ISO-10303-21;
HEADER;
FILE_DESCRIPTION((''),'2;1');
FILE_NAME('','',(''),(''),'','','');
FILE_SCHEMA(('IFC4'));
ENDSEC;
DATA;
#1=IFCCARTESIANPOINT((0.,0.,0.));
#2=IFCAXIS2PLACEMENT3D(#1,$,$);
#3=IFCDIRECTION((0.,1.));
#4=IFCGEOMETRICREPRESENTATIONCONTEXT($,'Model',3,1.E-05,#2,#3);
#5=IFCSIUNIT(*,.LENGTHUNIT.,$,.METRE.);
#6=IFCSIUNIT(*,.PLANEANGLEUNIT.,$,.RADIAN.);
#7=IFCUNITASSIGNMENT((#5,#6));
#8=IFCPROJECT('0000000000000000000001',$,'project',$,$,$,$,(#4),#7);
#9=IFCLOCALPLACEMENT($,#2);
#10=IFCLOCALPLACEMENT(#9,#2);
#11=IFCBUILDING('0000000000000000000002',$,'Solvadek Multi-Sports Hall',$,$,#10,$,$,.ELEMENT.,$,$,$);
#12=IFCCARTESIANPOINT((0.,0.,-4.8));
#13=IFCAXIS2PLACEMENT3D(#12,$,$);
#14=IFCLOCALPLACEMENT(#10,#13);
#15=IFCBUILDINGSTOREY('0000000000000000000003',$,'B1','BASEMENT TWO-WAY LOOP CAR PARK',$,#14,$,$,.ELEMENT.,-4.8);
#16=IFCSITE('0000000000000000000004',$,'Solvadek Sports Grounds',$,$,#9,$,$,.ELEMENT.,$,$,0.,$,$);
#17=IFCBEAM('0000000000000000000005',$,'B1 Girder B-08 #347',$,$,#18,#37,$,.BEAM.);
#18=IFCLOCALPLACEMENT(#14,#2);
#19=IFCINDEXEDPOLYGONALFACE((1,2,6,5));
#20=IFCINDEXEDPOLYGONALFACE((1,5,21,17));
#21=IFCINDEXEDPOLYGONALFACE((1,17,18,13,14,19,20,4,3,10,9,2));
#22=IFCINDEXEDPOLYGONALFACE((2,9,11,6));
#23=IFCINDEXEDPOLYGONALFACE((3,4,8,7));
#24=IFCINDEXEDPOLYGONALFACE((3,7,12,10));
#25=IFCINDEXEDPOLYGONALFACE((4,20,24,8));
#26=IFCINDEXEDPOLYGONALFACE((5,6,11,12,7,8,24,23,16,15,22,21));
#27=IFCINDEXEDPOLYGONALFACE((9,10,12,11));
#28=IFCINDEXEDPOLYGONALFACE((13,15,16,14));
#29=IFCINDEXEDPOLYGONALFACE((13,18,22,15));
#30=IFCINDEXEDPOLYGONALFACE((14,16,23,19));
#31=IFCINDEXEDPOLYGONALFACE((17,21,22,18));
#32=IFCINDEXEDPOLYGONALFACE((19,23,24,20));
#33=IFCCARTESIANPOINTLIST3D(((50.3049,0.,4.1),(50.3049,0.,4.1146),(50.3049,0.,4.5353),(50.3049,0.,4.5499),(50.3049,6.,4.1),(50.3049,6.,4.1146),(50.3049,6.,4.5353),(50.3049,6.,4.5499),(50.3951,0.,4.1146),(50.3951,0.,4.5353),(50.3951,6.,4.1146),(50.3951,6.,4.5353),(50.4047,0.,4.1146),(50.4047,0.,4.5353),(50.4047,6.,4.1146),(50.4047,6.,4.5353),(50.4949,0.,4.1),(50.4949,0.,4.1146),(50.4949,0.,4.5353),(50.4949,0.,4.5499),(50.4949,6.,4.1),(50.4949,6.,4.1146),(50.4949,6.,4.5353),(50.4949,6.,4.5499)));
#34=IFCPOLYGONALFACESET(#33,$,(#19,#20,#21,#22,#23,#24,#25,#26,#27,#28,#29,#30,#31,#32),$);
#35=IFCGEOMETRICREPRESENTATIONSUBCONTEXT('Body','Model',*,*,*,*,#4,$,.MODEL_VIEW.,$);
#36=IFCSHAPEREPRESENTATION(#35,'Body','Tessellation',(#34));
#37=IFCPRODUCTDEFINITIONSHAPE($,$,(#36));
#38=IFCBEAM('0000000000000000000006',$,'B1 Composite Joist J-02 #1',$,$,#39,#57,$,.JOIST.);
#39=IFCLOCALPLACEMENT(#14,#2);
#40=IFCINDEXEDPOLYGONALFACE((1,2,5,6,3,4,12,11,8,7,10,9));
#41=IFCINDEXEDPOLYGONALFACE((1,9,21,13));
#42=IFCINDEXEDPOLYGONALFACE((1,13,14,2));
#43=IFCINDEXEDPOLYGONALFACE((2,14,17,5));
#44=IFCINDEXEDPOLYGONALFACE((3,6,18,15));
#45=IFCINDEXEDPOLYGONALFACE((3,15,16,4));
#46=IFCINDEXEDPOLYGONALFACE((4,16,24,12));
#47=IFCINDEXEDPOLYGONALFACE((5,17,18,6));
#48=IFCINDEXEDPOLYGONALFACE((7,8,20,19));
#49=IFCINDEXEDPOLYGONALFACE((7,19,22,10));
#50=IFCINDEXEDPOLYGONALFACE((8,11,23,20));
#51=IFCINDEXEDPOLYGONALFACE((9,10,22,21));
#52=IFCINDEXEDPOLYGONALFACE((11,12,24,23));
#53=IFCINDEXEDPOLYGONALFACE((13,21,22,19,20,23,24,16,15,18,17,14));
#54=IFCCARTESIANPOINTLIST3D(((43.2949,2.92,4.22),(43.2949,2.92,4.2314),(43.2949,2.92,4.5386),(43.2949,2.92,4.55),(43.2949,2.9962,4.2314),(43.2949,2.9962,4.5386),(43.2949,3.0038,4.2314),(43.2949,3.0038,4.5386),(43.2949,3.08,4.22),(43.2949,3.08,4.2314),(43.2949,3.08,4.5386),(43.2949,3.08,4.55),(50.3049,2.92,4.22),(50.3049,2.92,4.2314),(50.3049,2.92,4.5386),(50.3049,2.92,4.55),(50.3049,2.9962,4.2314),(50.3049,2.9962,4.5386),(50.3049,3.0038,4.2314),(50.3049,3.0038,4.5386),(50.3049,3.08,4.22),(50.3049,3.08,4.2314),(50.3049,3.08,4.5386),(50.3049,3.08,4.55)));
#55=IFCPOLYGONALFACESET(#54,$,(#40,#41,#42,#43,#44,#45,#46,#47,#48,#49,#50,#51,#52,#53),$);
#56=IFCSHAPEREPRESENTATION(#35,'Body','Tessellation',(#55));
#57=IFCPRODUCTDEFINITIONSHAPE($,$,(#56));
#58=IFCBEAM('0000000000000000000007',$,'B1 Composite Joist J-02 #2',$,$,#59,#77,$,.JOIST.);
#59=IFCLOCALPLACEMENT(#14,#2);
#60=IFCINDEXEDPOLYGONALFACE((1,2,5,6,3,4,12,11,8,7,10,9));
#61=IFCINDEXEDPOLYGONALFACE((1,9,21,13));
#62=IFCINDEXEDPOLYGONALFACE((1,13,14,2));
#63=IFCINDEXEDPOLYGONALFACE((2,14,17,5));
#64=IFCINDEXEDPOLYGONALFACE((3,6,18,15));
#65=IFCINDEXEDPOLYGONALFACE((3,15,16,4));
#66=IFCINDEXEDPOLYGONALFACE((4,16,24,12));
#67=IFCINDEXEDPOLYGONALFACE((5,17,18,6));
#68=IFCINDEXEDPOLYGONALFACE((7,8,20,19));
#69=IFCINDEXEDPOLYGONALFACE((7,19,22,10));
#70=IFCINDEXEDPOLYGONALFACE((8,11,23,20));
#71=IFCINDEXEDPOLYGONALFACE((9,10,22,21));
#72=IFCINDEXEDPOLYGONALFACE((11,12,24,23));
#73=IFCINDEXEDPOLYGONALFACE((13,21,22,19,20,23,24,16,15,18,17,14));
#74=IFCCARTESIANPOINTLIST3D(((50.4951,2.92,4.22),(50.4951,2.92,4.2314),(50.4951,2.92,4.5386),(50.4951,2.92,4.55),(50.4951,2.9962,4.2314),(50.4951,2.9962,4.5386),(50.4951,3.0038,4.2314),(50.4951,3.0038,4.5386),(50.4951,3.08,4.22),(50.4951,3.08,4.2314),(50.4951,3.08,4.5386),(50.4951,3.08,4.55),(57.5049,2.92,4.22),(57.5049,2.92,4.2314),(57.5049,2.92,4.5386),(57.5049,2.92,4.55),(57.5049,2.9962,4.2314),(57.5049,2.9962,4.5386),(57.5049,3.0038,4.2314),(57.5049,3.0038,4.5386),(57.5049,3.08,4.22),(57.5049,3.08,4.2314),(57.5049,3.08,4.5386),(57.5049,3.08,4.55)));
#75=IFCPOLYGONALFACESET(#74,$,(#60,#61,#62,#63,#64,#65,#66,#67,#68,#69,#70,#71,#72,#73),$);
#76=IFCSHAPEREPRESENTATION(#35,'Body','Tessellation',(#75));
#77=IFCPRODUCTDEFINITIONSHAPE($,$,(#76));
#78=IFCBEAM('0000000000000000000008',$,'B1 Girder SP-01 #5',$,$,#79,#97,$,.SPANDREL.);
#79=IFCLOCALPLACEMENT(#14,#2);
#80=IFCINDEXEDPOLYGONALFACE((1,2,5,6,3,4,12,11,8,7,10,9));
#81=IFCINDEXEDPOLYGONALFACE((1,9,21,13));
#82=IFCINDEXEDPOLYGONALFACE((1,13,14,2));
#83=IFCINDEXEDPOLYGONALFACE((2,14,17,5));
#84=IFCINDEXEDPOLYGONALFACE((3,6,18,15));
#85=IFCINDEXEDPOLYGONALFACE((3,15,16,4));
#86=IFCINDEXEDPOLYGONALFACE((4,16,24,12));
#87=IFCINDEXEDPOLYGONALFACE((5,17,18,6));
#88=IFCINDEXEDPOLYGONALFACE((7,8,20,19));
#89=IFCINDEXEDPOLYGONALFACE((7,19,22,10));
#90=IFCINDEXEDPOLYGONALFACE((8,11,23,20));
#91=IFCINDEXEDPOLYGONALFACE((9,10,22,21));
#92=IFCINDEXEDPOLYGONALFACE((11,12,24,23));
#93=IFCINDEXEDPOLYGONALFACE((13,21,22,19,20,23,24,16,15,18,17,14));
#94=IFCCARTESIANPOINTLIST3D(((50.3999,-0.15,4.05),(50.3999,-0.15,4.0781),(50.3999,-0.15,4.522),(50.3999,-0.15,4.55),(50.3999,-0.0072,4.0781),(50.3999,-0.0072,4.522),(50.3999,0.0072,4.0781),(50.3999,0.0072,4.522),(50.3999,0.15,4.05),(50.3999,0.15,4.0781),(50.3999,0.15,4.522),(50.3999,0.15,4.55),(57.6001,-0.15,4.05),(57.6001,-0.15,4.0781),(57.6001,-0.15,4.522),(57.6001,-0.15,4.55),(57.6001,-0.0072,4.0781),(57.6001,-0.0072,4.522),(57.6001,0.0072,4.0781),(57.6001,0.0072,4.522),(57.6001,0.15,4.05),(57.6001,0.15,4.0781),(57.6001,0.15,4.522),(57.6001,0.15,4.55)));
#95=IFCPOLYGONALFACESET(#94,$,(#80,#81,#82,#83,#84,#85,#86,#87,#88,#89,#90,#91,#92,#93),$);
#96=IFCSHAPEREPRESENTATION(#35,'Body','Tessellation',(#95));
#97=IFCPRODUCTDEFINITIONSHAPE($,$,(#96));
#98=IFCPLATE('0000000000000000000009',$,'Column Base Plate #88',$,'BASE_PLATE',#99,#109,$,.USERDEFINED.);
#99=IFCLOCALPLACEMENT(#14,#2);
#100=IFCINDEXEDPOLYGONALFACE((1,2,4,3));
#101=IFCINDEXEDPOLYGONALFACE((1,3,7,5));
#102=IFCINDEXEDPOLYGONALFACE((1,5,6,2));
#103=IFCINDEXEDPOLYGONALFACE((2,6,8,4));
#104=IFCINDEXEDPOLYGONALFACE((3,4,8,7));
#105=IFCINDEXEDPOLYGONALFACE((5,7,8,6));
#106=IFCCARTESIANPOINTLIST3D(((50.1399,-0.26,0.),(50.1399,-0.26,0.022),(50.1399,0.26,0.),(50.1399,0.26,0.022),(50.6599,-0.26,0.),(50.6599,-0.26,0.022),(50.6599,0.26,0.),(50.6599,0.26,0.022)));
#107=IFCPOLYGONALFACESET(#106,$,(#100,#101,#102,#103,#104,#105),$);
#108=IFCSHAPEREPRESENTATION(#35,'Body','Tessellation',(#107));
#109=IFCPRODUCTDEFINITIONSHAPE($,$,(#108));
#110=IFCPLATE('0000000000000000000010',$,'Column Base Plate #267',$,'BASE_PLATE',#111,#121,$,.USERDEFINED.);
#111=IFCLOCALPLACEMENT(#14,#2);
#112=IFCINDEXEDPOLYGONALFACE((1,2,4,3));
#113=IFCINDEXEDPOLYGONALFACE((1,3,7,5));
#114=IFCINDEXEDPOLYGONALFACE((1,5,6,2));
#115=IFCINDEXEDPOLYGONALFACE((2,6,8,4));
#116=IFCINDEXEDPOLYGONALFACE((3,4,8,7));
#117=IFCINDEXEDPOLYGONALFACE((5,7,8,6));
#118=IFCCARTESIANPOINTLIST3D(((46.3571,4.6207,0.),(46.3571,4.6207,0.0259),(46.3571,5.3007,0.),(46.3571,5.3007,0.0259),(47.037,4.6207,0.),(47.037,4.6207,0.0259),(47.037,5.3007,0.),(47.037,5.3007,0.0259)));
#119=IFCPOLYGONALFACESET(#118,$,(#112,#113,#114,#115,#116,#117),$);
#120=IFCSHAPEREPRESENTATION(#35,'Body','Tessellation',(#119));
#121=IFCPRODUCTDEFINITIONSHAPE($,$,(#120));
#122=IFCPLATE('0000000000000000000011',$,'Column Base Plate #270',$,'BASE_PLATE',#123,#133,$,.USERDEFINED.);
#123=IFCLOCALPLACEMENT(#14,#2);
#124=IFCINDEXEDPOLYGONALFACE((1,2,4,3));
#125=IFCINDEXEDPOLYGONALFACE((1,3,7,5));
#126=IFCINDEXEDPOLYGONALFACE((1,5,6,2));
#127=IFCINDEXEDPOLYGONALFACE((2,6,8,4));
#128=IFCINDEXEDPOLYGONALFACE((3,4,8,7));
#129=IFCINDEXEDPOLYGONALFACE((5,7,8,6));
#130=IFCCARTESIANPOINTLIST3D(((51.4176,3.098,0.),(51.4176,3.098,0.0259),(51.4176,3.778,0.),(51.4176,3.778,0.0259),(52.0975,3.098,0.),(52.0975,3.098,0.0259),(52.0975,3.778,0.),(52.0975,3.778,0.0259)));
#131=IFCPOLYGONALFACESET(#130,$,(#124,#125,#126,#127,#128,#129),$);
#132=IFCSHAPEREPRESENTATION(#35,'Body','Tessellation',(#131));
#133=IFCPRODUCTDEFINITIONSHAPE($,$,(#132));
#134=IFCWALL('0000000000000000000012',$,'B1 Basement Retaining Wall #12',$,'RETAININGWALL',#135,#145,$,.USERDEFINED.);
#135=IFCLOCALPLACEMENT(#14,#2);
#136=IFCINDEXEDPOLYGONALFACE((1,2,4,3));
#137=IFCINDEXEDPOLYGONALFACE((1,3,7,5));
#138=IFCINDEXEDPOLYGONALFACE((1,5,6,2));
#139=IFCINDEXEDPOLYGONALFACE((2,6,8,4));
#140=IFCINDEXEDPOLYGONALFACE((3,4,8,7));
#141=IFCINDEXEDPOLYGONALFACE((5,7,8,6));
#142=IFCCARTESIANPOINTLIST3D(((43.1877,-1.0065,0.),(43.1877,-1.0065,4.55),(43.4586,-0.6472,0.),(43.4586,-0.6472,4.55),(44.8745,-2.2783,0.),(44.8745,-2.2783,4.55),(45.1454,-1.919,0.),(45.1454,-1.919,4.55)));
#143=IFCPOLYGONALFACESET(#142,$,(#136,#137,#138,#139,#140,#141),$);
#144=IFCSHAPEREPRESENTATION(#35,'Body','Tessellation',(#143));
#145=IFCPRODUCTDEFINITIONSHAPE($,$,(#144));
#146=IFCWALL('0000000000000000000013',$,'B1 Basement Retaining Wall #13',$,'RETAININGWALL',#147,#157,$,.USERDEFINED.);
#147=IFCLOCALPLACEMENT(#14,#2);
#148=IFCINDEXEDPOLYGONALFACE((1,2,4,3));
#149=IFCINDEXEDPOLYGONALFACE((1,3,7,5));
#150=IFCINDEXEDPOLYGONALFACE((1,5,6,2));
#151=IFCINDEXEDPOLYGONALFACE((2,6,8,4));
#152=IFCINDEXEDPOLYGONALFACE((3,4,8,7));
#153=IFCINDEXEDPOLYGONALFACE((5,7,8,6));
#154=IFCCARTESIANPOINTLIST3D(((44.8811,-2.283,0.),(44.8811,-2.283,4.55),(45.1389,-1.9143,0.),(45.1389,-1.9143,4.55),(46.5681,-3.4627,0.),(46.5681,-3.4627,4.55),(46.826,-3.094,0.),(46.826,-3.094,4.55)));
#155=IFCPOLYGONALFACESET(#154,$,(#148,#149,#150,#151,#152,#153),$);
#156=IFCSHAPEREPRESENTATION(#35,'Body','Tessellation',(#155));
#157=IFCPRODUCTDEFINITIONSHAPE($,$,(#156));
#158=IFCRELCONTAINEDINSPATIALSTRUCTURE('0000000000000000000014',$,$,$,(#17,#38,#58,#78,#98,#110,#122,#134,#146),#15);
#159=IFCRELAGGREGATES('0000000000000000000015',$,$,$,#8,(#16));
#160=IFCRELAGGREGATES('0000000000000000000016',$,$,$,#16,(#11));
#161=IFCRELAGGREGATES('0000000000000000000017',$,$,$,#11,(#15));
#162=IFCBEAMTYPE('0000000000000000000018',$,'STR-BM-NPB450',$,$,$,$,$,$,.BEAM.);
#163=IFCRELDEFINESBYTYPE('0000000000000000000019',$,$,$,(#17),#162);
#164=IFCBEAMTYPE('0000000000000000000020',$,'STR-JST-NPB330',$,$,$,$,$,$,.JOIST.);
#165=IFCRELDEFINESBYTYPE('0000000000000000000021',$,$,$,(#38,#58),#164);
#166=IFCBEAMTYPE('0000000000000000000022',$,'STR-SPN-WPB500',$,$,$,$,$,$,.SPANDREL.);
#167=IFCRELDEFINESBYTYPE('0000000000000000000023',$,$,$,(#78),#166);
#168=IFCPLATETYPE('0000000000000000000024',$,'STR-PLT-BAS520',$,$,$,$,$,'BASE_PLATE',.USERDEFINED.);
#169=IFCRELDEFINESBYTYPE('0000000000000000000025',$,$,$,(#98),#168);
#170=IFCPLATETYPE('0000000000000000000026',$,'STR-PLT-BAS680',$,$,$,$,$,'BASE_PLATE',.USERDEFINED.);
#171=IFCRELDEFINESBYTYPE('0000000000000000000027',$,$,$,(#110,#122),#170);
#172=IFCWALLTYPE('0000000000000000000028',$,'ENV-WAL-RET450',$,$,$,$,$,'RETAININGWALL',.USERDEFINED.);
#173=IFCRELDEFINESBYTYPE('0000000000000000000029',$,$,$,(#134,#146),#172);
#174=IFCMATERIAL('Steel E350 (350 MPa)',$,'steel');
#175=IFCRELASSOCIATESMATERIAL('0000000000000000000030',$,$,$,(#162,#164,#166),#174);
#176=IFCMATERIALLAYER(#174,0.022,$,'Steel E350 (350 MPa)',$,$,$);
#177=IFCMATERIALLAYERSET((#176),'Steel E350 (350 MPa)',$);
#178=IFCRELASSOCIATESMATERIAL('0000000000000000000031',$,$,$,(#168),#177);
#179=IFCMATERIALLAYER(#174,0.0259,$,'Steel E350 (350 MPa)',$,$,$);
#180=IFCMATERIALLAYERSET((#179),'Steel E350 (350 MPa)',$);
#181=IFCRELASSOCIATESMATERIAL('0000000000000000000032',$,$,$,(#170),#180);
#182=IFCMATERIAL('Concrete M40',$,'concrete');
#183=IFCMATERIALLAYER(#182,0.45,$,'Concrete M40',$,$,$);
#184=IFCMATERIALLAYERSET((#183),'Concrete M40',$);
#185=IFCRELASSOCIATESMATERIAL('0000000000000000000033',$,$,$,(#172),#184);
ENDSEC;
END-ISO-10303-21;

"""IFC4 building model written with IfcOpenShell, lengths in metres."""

from ifc_helpers import new_model, si_unit, direction, frame, frame_2d, origin, origin_2d, place, context, subcontext, project, spatial, rectangle, i_section, extrude, material, layer, layer_set, material_profile, profile_set, type_object, element, save


model = new_model("IFC4")

# Units and contexts
model_context = context("Model", 3, precision=1e-05, world=origin(), true_north=direction((0.0, 1.0)))
body_context = subcontext(model_context, "Body", "Model", "MODEL_VIEW")
ifc_project = project(units=[si_unit("LENGTHUNIT", "METRE"), si_unit("PLANEANGLEUNIT", "RADIAN")], contexts=[model_context])

# Site, building, storey
site_placement = place(None, origin())
site = spatial("IfcSite", under=ifc_project, at=site_placement, Name="Solvadek Sports Grounds", CompositionType="ELEMENT", RefElevation=0.0)
building_placement = place(site_placement, origin())
building = spatial("IfcBuilding", under=site, at=building_placement, Name="Solvadek Multi-Sports Hall", CompositionType="ELEMENT")
storey_placement = place(building_placement, frame((0.0, 0.0, -4.8)))
storey = spatial("IfcBuildingStorey", under=building, at=storey_placement, Name="B1", Description="BASEMENT TWO-WAY LOOP CAR PARK", CompositionType="ELEMENT", Elevation=-4.8)

# Shared definitions
ifc_material_1 = material(Name="Concrete M40", Category="concrete")

# Shared definitions
ifc_material_2 = material(Name="Steel E350 (350 MPa)", Category="steel")

# Beams
ifc_material_profile_1 = material_profile(ifc_material_2, i_section(OverallWidth=0.1899, OverallDepth=0.45, WebThickness=0.0095, FlangeThickness=0.0146, at=origin_2d()), Name="NPB 450")
ifc_profile_set_1 = profile_set([ifc_material_profile_1], Name="Steel E350 (350 MPa)")
beam_type_1 = type_object("IfcBeamType", Name="STR-BM-NPB450", PredefinedType="BEAM", material=ifc_profile_set_1)
beam_1_placement = place(storey_placement, frame((50.3999, 0.0, 4.325), z_axis=(0.0, 1.0, 0.0), x_axis=(-1.0, 0.0, 0.0)))
element("IfcBeam", 1, at=beam_1_placement, inside=storey, type_object=beam_type_1, Name="B1 Girder B-08 #347", PredefinedType="BEAM", context=body_context, shape_type="SweptSolid", body=[
    extrude(i_section(OverallWidth=0.1899, OverallDepth=0.45, WebThickness=0.0095, FlangeThickness=0.0146, at=origin_2d()), origin(), (0.0, 0.0, 1.0), 6.0),
])
ifc_material_profile_2 = material_profile(ifc_material_2, i_section(OverallWidth=0.1599, OverallDepth=0.3301, WebThickness=0.0076, FlangeThickness=0.0115, at=origin_2d()), Name="NPB 330")
ifc_profile_set_2 = profile_set([ifc_material_profile_2], Name="Steel E350 (350 MPa)")
beam_type_2 = type_object("IfcBeamType", Name="STR-JST-NPB330", PredefinedType="JOIST", material=ifc_profile_set_2)
beam_2_placement = place(storey_placement, frame((43.2949, 3.0, 4.385), z_axis=(1.0, 0.0, 0.0), x_axis=(0.0, 1.0, 0.0)))
element("IfcBeam", 2, at=beam_2_placement, inside=storey, type_object=beam_type_2, Name="B1 Composite Joist J-02 #1", PredefinedType="JOIST", context=body_context, shape_type="SweptSolid", body=[
    extrude(i_section(OverallWidth=0.1599, OverallDepth=0.3301, WebThickness=0.0076, FlangeThickness=0.0115, at=origin_2d()), origin(), (0.0, 0.0, 1.0), 7.01),
])
beam_3_placement = place(storey_placement, frame((50.4951, 3.0, 4.385), z_axis=(1.0, 0.0, 0.0), x_axis=(0.0, 1.0, 0.0)))
element("IfcBeam", 3, at=beam_3_placement, inside=storey, type_object=beam_type_2, Name="B1 Composite Joist J-02 #2", PredefinedType="JOIST", context=body_context, shape_type="SweptSolid", body=[
    extrude(i_section(OverallWidth=0.1599, OverallDepth=0.3301, WebThickness=0.0076, FlangeThickness=0.0115, at=origin_2d()), origin(), (0.0, 0.0, 1.0), 7.0098),
])
ifc_material_profile_3 = material_profile(ifc_material_2, i_section(OverallWidth=0.3, OverallDepth=0.5, WebThickness=0.0144, FlangeThickness=0.0281, at=origin_2d()), Name="WPB 500")
ifc_profile_set_3 = profile_set([ifc_material_profile_3], Name="Steel E350 (350 MPa)")
beam_type_3 = type_object("IfcBeamType", Name="STR-SPN-WPB500", PredefinedType="SPANDREL", material=ifc_profile_set_3)
beam_4_placement = place(storey_placement, frame((50.3999, 0.0, 4.3), z_axis=(1.0, 0.0, 0.0), x_axis=(0.0, 1.0, 0.0)))
element("IfcBeam", 4, at=beam_4_placement, inside=storey, type_object=beam_type_3, Name="B1 Girder SP-01 #5", PredefinedType="SPANDREL", context=body_context, shape_type="SweptSolid", body=[
    extrude(i_section(OverallWidth=0.3, OverallDepth=0.5, WebThickness=0.0144, FlangeThickness=0.0281, at=origin_2d()), origin(), (0.0, 0.0, 1.0), 7.2002),
])

# Plates
ifc_layer_1 = layer(ifc_material_2, 0.022, Name="Steel E350 (350 MPa)")
ifc_layer_set_1 = layer_set([ifc_layer_1], Name="Steel E350 (350 MPa)")
plate_type_1 = type_object("IfcPlateType", Name="STR-PLT-BAS520", ElementType="BASE_PLATE", PredefinedType="USERDEFINED", material=ifc_layer_set_1)
plate_placement = place(storey_placement, frame((50.3999, 0.0, 0.0), z_axis=(0.0, 0.0, 1.0), x_axis=(1.0, 0.0, 0.0)))
element("IfcPlate", 5, at=plate_placement, inside=storey, type_object=plate_type_1, Name="Column Base Plate #88", ObjectType="BASE_PLATE", PredefinedType="USERDEFINED", context=body_context, shape_type="SweptSolid", body=[
    extrude(rectangle(XDim=0.52, YDim=0.52, at=origin_2d()), origin(), (0.0, 0.0, 1.0), 0.022),
])
ifc_layer_2 = layer(ifc_material_2, 0.0259, Name="Steel E350 (350 MPa)")
ifc_layer_set_2 = layer_set([ifc_layer_2], Name="Steel E350 (350 MPa)")
plate_type_2 = type_object("IfcPlateType", Name="STR-PLT-BAS680", ElementType="BASE_PLATE", PredefinedType="USERDEFINED", material=ifc_layer_set_2)
for number, where, z_axis, x_axis, name in (
    (6, (46.697, 4.9607, 0.0), (0.0, 0.0, 1.0), (1.0, 0.0, 0.0), "Column Base Plate #267"),
    (7, (51.7576, 3.438, 0.0), (0.0, 0.0, 1.0), (1.0, 0.0, 0.0), "Column Base Plate #270"),
):
    element("IfcPlate", number, at=place(storey_placement, frame(where, z_axis=z_axis, x_axis=x_axis)), inside=storey, type_object=plate_type_2, Name=name, ObjectType="BASE_PLATE", PredefinedType="USERDEFINED", context=body_context, shape_type="SweptSolid", body=[
        extrude(rectangle(XDim=0.6799, YDim=0.6799, at=origin_2d()), origin(), (0.0, 0.0, 1.0), 0.0259),
    ])

# Walls
ifc_layer_3 = layer(ifc_material_1, 0.45, Name="Concrete M40")
ifc_layer_set_3 = layer_set([ifc_layer_3], Name="Concrete M40")
wall_type = type_object("IfcWallType", Name="ENV-WAL-RET450", ElementType="RETAININGWALL", PredefinedType="USERDEFINED", material=ifc_layer_set_3)
wall_1_placement = place(storey_placement, frame((43.3232, -0.8269, 0.0), z_axis=(0.0, 0.0, 1.0), x_axis=(0.798486, -0.602014, 0.0)))
element("IfcWall", 8, at=wall_1_placement, inside=storey, type_object=wall_type, Name="B1 Basement Retaining Wall #12", ObjectType="RETAININGWALL", PredefinedType="USERDEFINED", context=body_context, shape_type="SweptSolid", body=[
    extrude(rectangle(XDim=2.1125, YDim=0.45, at=frame_2d((1.0562, 0.0))), origin(), (0.0, 0.0, 1.0), 4.55),
])
wall_2_placement = place(storey_placement, frame((45.01, -2.0986, 0.0), z_axis=(0.0, 0.0, 1.0), x_axis=(0.81951, -0.573064, 0.0)))
element("IfcWall", 9, at=wall_2_placement, inside=storey, type_object=wall_type, Name="B1 Basement Retaining Wall #13", ObjectType="RETAININGWALL", PredefinedType="USERDEFINED", context=body_context, shape_type="SweptSolid", body=[
    extrude(rectangle(XDim=2.0586, YDim=0.45, at=frame_2d((1.0293, 0.0))), origin(), (0.0, 0.0, 1.0), 4.55),
])

save(model, "model.ifc")
